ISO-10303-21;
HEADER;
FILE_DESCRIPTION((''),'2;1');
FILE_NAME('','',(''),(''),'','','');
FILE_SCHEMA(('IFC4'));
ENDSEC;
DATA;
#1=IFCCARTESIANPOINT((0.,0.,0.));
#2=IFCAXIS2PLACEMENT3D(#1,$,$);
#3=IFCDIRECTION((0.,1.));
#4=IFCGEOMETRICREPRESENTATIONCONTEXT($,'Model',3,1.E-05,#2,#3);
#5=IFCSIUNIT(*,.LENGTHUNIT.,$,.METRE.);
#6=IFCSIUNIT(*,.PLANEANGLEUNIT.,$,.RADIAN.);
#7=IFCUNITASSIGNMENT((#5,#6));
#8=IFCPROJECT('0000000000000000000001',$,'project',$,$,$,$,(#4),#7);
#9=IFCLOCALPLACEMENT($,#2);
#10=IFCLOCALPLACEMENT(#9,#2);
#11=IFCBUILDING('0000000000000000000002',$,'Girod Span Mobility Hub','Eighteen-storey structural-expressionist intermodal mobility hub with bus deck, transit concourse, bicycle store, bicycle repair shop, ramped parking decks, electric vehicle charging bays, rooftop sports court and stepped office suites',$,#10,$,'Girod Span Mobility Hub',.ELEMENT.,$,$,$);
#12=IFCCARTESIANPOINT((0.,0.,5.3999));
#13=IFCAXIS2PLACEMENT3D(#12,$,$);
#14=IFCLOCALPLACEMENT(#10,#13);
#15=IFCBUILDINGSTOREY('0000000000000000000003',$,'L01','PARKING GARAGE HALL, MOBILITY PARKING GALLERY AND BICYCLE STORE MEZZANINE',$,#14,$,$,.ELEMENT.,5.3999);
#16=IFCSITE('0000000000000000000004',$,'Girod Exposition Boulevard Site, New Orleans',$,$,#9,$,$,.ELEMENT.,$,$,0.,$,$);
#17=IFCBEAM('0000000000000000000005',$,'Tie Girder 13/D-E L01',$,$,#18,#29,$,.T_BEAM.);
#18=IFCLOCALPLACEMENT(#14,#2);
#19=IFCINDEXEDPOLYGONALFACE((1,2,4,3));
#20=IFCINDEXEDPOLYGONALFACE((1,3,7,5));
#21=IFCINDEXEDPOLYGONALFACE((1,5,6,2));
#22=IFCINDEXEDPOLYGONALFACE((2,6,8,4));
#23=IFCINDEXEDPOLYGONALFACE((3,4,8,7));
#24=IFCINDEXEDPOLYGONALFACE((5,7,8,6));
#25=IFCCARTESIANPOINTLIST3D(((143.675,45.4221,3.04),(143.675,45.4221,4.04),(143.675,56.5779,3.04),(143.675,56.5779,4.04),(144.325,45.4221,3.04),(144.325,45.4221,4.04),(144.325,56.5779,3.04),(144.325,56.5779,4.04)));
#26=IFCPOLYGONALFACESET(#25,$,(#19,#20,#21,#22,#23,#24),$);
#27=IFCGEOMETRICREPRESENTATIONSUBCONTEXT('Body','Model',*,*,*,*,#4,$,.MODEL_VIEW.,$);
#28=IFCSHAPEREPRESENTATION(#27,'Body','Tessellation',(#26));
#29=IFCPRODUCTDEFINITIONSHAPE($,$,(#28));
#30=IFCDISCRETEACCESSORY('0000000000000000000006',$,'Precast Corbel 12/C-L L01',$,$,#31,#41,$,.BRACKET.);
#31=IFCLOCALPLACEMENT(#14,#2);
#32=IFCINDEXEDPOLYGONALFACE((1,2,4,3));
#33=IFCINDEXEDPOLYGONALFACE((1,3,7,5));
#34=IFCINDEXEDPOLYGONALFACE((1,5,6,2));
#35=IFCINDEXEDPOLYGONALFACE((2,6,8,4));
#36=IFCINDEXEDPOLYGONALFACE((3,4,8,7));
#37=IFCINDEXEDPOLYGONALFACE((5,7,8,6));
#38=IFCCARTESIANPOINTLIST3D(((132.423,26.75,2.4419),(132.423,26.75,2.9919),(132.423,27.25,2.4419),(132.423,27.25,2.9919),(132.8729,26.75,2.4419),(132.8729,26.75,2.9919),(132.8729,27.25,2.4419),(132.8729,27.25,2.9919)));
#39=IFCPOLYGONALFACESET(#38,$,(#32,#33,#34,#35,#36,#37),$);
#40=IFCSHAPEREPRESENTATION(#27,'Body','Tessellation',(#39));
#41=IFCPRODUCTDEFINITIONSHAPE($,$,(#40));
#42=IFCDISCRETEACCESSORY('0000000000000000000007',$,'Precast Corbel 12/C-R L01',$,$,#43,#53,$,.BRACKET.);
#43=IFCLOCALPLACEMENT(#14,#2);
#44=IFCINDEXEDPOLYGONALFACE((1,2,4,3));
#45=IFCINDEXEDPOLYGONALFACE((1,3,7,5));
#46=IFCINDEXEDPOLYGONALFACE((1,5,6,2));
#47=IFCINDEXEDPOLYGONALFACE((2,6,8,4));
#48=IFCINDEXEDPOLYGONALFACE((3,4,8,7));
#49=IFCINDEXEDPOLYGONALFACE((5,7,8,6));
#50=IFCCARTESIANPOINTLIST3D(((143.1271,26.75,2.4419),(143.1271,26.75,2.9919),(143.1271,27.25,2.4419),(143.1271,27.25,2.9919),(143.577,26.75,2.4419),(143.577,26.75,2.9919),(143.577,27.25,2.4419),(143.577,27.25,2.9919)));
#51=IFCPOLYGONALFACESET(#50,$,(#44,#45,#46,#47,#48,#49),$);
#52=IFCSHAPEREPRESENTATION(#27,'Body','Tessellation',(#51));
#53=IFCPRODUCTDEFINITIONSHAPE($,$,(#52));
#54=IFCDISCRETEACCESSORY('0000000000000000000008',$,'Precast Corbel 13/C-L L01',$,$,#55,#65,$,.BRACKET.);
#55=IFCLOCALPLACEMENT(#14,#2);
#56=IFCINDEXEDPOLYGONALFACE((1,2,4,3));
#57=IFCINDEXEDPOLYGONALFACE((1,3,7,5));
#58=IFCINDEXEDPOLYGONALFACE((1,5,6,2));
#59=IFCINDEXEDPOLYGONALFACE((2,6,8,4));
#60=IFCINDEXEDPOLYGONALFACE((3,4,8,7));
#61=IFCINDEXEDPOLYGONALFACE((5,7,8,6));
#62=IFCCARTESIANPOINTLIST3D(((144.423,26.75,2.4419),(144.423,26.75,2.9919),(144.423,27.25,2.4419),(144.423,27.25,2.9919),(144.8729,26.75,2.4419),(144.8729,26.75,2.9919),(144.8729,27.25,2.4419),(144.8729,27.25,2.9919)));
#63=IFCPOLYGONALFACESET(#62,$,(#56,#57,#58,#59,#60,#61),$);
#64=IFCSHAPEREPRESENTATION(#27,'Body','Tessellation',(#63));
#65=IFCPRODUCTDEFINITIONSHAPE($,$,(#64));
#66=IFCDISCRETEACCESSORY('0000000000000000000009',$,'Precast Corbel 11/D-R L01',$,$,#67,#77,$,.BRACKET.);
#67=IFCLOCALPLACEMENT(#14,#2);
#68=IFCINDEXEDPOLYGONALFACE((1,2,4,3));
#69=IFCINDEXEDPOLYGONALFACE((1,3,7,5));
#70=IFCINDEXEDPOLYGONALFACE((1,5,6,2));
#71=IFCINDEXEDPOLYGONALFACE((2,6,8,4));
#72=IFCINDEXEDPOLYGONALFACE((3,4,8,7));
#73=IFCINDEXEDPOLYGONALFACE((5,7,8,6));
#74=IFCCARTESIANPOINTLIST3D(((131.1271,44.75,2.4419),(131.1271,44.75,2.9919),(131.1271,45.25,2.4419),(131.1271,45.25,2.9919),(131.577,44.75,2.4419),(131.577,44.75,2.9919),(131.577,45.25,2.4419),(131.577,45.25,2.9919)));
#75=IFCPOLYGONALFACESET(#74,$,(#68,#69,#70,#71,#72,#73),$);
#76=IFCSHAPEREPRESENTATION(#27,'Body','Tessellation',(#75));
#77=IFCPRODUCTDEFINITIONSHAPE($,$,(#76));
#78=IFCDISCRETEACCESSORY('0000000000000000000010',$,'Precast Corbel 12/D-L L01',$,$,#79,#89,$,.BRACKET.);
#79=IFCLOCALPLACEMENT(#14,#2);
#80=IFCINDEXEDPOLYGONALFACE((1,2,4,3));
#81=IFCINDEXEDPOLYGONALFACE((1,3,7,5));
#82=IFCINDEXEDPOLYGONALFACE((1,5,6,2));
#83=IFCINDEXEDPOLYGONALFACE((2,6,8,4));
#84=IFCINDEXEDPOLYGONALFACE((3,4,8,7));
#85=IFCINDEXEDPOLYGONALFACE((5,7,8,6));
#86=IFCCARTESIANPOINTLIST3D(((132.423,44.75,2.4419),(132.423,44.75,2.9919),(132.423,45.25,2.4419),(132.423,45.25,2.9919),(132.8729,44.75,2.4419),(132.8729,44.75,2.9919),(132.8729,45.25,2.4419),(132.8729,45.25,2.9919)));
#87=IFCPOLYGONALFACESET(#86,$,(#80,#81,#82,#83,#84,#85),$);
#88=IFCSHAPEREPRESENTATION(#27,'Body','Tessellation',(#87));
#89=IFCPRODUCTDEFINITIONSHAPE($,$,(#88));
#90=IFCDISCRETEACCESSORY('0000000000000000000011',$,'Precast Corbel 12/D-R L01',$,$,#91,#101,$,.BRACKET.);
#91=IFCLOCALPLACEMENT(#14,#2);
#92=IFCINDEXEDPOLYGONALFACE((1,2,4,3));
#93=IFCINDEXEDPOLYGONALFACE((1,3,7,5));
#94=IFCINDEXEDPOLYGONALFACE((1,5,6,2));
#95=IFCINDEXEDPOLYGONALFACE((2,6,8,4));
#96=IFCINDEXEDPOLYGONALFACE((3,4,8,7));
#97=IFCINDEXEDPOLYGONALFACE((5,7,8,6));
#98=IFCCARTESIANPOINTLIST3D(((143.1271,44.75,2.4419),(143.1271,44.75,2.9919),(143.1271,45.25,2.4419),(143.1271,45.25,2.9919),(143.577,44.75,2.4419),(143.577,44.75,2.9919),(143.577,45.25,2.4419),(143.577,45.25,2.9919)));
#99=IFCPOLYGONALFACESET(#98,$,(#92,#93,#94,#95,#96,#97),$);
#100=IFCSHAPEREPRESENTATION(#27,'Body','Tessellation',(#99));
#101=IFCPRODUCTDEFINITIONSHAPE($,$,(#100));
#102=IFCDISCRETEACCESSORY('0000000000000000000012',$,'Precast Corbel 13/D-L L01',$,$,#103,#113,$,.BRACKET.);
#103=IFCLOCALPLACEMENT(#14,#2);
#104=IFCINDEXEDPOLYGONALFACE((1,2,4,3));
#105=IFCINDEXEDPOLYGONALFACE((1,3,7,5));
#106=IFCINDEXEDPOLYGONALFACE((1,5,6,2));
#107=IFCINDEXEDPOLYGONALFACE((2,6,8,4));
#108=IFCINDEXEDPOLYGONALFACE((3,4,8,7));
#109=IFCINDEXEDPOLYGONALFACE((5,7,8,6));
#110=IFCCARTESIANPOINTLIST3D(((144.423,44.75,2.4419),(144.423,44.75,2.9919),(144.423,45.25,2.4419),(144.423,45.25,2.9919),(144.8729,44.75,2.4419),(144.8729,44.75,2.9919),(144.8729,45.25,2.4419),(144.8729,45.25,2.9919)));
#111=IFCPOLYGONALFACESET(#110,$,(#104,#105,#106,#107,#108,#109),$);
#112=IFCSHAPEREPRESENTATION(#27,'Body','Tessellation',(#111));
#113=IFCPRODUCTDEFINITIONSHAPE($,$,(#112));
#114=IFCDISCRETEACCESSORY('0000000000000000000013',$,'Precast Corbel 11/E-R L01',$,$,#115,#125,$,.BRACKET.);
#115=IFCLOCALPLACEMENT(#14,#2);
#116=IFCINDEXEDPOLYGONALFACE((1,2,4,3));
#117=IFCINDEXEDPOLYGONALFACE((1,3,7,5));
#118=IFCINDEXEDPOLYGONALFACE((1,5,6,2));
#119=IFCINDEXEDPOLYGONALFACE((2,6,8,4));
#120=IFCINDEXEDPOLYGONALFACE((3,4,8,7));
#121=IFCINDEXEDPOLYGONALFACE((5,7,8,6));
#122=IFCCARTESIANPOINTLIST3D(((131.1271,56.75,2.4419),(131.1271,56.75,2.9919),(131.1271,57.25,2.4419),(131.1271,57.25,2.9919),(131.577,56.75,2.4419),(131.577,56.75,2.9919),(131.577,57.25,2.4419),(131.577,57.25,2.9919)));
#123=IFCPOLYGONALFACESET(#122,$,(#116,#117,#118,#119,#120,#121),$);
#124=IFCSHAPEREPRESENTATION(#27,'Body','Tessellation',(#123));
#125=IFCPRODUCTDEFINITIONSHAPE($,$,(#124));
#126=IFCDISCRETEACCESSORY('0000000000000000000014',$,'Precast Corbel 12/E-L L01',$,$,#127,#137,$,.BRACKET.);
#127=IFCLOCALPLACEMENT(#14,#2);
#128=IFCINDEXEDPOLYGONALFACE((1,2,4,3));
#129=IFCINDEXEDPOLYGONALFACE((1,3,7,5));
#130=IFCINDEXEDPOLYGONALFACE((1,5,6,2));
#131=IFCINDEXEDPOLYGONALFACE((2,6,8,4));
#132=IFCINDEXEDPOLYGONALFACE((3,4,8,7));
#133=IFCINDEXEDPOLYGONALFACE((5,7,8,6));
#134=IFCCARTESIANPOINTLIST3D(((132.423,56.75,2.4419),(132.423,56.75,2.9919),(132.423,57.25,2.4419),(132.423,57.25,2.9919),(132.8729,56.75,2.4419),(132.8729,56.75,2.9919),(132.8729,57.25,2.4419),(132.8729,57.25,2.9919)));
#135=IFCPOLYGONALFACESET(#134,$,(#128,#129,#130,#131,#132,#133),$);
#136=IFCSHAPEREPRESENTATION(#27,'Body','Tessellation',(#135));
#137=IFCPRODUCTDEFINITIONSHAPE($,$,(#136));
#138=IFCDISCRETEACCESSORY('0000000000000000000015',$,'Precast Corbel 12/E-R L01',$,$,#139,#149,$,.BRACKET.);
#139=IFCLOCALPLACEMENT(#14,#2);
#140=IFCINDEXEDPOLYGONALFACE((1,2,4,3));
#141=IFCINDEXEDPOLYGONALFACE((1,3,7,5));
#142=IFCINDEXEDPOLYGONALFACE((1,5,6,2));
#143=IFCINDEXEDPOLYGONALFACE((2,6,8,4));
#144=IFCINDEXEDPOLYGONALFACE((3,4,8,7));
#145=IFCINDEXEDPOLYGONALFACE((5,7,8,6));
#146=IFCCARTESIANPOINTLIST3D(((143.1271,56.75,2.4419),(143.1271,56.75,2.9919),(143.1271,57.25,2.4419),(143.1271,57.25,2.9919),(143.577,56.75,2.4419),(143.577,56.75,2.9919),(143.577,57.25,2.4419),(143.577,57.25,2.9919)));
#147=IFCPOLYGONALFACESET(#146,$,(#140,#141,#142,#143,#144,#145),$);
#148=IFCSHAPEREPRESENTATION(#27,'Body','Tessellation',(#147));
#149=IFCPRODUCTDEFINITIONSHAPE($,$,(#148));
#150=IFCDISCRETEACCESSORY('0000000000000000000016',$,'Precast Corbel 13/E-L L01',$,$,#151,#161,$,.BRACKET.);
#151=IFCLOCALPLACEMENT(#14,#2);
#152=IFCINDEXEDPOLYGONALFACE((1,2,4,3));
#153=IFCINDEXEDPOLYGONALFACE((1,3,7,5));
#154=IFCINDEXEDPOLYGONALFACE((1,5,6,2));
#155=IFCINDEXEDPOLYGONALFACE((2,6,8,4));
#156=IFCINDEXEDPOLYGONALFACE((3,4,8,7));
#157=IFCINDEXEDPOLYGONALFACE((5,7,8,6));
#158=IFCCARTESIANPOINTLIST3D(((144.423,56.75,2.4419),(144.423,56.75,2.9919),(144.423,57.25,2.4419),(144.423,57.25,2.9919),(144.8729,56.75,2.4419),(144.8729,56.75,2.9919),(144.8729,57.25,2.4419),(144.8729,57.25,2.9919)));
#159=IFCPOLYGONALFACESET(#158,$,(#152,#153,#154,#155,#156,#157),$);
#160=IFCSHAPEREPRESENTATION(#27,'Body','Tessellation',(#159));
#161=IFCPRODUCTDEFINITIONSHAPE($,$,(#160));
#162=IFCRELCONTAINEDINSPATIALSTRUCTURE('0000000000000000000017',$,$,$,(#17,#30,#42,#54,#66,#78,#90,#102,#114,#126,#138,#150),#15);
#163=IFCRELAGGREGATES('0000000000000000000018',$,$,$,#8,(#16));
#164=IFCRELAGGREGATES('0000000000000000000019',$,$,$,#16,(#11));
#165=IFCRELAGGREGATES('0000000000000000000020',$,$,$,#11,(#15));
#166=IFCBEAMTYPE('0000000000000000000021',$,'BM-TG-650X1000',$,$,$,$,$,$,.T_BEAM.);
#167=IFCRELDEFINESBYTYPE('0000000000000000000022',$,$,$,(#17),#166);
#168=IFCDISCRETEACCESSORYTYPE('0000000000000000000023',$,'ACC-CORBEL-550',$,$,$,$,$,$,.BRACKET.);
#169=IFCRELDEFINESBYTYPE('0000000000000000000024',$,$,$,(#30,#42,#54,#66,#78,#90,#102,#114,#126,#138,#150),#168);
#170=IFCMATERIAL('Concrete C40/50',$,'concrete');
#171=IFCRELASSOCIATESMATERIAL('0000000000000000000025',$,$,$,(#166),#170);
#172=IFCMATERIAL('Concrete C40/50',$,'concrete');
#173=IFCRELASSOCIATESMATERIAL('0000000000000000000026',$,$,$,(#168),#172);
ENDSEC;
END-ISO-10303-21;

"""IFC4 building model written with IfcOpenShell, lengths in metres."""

from ifc_helpers import new_model, si_unit, direction, frame, origin, origin_2d, place, context, subcontext, project, spatial, rectangle, extrude, material, material_profile, profile_set, type_object, element, save


model = new_model("IFC4")

# Units and contexts
model_context = context("Model", 3, precision=1e-05, world=origin(), true_north=direction((0.0, 1.0)))
body_context = subcontext(model_context, "Body", "Model", "MODEL_VIEW")
ifc_project = project(units=[si_unit("LENGTHUNIT", "METRE"), si_unit("PLANEANGLEUNIT", "RADIAN")], contexts=[model_context])

# Site, building, storey
site_placement = place(None, origin())
site = spatial("IfcSite", under=ifc_project, at=site_placement, Name="Girod Exposition Boulevard Site, New Orleans", CompositionType="ELEMENT", RefElevation=0.0)
building_placement = place(site_placement, origin())
building = spatial("IfcBuilding", under=site, at=building_placement, Name="Girod Span Mobility Hub", Description="Eighteen-storey structural-expressionist intermodal mobility hub with bus deck, transit concourse, bicycle store, bicycle repair shop, ramped parking decks, electric vehicle charging bays, rooftop sports court and stepped office suites", LongName="Girod Span Mobility Hub", CompositionType="ELEMENT")
storey_placement = place(building_placement, frame((0.0, 0.0, 5.3999)))
storey = spatial("IfcBuildingStorey", under=building, at=storey_placement, Name="L01", Description="PARKING GARAGE HALL, MOBILITY PARKING GALLERY AND BICYCLE STORE MEZZANINE", CompositionType="ELEMENT", Elevation=5.3999)

# Beam
ifc_material_1 = material(Name="Concrete C40/50", Category="concrete")
ifc_material_profile_1 = material_profile(ifc_material_1, rectangle(XDim=0.6499, YDim=1.0, at=origin_2d()), Name="TG-650X1000")
ifc_profile_set_1 = profile_set([ifc_material_profile_1], Name="Concrete C40/50")
beam_type_1 = type_object("IfcBeamType", Name="BM-TG-650X1000", PredefinedType="T_BEAM", material=ifc_profile_set_1)
beam_1_placement = place(storey_placement, frame((144.0, 45.4221, 3.54), z_axis=(0.0, 1.0, 0.0), x_axis=(-1.0, 0.0, 0.0)))
element("IfcBeam", 1, at=beam_1_placement, inside=storey, type_object=beam_type_1, Name="Tie Girder 13/D-E L01", PredefinedType="T_BEAM", context=body_context, shape_type="SweptSolid", body=[
    extrude(rectangle(XDim=0.6499, YDim=1.0, at=origin_2d()), origin(), (0.0, 0.0, 1.0), 11.1558),
])

# Discrete accessories
ifc_material_2 = material(Name="Concrete C40/50", Category="concrete")
discrete_accessory_type = type_object("IfcDiscreteAccessoryType", Name="ACC-CORBEL-550", PredefinedType="BRACKET", material=ifc_material_2)
for number, where, z_axis, x_axis, name in (
    (2, (132.6479, 27.0, 2.4419), (0.0, 0.0, 1.0), (1.0, 0.0, 0.0), "Precast Corbel 12/C-L L01"),
    (3, (143.3521, 27.0, 2.4419), (0.0, 0.0, 1.0), (1.0, 0.0, 0.0), "Precast Corbel 12/C-R L01"),
    (4, (144.6479, 27.0, 2.4419), (0.0, 0.0, 1.0), (1.0, 0.0, 0.0), "Precast Corbel 13/C-L L01"),
    (5, (131.3521, 45.0, 2.4419), (0.0, 0.0, 1.0), (1.0, 0.0, 0.0), "Precast Corbel 11/D-R L01"),
    (6, (132.6479, 45.0, 2.4419), (0.0, 0.0, 1.0), (1.0, 0.0, 0.0), "Precast Corbel 12/D-L L01"),
    (7, (143.3521, 45.0, 2.4419), (0.0, 0.0, 1.0), (1.0, 0.0, 0.0), "Precast Corbel 12/D-R L01"),
    (8, (144.6479, 45.0, 2.4419), (0.0, 0.0, 1.0), (1.0, 0.0, 0.0), "Precast Corbel 13/D-L L01"),
    (9, (131.3521, 57.0, 2.4419), (0.0, 0.0, 1.0), (1.0, 0.0, 0.0), "Precast Corbel 11/E-R L01"),
    (10, (132.6479, 57.0, 2.4419), (0.0, 0.0, 1.0), (1.0, 0.0, 0.0), "Precast Corbel 12/E-L L01"),
    (11, (143.3521, 57.0, 2.4419), (0.0, 0.0, 1.0), (1.0, 0.0, 0.0), "Precast Corbel 12/E-R L01"),
    (12, (144.6479, 57.0, 2.4419), (0.0, 0.0, 1.0), (1.0, 0.0, 0.0), "Precast Corbel 13/E-L L01"),
):
    element("IfcDiscreteAccessory", number, at=place(storey_placement, frame(where, z_axis=z_axis, x_axis=x_axis)), inside=storey, type_object=discrete_accessory_type, Name=name, PredefinedType="BRACKET", context=body_context, shape_type="SweptSolid", body=[
        extrude(rectangle(XDim=0.45, YDim=0.5, at=origin_2d()), origin(), (0.0, 0.0, 1.0), 0.55),
    ])

save(model, "model.ifc")
